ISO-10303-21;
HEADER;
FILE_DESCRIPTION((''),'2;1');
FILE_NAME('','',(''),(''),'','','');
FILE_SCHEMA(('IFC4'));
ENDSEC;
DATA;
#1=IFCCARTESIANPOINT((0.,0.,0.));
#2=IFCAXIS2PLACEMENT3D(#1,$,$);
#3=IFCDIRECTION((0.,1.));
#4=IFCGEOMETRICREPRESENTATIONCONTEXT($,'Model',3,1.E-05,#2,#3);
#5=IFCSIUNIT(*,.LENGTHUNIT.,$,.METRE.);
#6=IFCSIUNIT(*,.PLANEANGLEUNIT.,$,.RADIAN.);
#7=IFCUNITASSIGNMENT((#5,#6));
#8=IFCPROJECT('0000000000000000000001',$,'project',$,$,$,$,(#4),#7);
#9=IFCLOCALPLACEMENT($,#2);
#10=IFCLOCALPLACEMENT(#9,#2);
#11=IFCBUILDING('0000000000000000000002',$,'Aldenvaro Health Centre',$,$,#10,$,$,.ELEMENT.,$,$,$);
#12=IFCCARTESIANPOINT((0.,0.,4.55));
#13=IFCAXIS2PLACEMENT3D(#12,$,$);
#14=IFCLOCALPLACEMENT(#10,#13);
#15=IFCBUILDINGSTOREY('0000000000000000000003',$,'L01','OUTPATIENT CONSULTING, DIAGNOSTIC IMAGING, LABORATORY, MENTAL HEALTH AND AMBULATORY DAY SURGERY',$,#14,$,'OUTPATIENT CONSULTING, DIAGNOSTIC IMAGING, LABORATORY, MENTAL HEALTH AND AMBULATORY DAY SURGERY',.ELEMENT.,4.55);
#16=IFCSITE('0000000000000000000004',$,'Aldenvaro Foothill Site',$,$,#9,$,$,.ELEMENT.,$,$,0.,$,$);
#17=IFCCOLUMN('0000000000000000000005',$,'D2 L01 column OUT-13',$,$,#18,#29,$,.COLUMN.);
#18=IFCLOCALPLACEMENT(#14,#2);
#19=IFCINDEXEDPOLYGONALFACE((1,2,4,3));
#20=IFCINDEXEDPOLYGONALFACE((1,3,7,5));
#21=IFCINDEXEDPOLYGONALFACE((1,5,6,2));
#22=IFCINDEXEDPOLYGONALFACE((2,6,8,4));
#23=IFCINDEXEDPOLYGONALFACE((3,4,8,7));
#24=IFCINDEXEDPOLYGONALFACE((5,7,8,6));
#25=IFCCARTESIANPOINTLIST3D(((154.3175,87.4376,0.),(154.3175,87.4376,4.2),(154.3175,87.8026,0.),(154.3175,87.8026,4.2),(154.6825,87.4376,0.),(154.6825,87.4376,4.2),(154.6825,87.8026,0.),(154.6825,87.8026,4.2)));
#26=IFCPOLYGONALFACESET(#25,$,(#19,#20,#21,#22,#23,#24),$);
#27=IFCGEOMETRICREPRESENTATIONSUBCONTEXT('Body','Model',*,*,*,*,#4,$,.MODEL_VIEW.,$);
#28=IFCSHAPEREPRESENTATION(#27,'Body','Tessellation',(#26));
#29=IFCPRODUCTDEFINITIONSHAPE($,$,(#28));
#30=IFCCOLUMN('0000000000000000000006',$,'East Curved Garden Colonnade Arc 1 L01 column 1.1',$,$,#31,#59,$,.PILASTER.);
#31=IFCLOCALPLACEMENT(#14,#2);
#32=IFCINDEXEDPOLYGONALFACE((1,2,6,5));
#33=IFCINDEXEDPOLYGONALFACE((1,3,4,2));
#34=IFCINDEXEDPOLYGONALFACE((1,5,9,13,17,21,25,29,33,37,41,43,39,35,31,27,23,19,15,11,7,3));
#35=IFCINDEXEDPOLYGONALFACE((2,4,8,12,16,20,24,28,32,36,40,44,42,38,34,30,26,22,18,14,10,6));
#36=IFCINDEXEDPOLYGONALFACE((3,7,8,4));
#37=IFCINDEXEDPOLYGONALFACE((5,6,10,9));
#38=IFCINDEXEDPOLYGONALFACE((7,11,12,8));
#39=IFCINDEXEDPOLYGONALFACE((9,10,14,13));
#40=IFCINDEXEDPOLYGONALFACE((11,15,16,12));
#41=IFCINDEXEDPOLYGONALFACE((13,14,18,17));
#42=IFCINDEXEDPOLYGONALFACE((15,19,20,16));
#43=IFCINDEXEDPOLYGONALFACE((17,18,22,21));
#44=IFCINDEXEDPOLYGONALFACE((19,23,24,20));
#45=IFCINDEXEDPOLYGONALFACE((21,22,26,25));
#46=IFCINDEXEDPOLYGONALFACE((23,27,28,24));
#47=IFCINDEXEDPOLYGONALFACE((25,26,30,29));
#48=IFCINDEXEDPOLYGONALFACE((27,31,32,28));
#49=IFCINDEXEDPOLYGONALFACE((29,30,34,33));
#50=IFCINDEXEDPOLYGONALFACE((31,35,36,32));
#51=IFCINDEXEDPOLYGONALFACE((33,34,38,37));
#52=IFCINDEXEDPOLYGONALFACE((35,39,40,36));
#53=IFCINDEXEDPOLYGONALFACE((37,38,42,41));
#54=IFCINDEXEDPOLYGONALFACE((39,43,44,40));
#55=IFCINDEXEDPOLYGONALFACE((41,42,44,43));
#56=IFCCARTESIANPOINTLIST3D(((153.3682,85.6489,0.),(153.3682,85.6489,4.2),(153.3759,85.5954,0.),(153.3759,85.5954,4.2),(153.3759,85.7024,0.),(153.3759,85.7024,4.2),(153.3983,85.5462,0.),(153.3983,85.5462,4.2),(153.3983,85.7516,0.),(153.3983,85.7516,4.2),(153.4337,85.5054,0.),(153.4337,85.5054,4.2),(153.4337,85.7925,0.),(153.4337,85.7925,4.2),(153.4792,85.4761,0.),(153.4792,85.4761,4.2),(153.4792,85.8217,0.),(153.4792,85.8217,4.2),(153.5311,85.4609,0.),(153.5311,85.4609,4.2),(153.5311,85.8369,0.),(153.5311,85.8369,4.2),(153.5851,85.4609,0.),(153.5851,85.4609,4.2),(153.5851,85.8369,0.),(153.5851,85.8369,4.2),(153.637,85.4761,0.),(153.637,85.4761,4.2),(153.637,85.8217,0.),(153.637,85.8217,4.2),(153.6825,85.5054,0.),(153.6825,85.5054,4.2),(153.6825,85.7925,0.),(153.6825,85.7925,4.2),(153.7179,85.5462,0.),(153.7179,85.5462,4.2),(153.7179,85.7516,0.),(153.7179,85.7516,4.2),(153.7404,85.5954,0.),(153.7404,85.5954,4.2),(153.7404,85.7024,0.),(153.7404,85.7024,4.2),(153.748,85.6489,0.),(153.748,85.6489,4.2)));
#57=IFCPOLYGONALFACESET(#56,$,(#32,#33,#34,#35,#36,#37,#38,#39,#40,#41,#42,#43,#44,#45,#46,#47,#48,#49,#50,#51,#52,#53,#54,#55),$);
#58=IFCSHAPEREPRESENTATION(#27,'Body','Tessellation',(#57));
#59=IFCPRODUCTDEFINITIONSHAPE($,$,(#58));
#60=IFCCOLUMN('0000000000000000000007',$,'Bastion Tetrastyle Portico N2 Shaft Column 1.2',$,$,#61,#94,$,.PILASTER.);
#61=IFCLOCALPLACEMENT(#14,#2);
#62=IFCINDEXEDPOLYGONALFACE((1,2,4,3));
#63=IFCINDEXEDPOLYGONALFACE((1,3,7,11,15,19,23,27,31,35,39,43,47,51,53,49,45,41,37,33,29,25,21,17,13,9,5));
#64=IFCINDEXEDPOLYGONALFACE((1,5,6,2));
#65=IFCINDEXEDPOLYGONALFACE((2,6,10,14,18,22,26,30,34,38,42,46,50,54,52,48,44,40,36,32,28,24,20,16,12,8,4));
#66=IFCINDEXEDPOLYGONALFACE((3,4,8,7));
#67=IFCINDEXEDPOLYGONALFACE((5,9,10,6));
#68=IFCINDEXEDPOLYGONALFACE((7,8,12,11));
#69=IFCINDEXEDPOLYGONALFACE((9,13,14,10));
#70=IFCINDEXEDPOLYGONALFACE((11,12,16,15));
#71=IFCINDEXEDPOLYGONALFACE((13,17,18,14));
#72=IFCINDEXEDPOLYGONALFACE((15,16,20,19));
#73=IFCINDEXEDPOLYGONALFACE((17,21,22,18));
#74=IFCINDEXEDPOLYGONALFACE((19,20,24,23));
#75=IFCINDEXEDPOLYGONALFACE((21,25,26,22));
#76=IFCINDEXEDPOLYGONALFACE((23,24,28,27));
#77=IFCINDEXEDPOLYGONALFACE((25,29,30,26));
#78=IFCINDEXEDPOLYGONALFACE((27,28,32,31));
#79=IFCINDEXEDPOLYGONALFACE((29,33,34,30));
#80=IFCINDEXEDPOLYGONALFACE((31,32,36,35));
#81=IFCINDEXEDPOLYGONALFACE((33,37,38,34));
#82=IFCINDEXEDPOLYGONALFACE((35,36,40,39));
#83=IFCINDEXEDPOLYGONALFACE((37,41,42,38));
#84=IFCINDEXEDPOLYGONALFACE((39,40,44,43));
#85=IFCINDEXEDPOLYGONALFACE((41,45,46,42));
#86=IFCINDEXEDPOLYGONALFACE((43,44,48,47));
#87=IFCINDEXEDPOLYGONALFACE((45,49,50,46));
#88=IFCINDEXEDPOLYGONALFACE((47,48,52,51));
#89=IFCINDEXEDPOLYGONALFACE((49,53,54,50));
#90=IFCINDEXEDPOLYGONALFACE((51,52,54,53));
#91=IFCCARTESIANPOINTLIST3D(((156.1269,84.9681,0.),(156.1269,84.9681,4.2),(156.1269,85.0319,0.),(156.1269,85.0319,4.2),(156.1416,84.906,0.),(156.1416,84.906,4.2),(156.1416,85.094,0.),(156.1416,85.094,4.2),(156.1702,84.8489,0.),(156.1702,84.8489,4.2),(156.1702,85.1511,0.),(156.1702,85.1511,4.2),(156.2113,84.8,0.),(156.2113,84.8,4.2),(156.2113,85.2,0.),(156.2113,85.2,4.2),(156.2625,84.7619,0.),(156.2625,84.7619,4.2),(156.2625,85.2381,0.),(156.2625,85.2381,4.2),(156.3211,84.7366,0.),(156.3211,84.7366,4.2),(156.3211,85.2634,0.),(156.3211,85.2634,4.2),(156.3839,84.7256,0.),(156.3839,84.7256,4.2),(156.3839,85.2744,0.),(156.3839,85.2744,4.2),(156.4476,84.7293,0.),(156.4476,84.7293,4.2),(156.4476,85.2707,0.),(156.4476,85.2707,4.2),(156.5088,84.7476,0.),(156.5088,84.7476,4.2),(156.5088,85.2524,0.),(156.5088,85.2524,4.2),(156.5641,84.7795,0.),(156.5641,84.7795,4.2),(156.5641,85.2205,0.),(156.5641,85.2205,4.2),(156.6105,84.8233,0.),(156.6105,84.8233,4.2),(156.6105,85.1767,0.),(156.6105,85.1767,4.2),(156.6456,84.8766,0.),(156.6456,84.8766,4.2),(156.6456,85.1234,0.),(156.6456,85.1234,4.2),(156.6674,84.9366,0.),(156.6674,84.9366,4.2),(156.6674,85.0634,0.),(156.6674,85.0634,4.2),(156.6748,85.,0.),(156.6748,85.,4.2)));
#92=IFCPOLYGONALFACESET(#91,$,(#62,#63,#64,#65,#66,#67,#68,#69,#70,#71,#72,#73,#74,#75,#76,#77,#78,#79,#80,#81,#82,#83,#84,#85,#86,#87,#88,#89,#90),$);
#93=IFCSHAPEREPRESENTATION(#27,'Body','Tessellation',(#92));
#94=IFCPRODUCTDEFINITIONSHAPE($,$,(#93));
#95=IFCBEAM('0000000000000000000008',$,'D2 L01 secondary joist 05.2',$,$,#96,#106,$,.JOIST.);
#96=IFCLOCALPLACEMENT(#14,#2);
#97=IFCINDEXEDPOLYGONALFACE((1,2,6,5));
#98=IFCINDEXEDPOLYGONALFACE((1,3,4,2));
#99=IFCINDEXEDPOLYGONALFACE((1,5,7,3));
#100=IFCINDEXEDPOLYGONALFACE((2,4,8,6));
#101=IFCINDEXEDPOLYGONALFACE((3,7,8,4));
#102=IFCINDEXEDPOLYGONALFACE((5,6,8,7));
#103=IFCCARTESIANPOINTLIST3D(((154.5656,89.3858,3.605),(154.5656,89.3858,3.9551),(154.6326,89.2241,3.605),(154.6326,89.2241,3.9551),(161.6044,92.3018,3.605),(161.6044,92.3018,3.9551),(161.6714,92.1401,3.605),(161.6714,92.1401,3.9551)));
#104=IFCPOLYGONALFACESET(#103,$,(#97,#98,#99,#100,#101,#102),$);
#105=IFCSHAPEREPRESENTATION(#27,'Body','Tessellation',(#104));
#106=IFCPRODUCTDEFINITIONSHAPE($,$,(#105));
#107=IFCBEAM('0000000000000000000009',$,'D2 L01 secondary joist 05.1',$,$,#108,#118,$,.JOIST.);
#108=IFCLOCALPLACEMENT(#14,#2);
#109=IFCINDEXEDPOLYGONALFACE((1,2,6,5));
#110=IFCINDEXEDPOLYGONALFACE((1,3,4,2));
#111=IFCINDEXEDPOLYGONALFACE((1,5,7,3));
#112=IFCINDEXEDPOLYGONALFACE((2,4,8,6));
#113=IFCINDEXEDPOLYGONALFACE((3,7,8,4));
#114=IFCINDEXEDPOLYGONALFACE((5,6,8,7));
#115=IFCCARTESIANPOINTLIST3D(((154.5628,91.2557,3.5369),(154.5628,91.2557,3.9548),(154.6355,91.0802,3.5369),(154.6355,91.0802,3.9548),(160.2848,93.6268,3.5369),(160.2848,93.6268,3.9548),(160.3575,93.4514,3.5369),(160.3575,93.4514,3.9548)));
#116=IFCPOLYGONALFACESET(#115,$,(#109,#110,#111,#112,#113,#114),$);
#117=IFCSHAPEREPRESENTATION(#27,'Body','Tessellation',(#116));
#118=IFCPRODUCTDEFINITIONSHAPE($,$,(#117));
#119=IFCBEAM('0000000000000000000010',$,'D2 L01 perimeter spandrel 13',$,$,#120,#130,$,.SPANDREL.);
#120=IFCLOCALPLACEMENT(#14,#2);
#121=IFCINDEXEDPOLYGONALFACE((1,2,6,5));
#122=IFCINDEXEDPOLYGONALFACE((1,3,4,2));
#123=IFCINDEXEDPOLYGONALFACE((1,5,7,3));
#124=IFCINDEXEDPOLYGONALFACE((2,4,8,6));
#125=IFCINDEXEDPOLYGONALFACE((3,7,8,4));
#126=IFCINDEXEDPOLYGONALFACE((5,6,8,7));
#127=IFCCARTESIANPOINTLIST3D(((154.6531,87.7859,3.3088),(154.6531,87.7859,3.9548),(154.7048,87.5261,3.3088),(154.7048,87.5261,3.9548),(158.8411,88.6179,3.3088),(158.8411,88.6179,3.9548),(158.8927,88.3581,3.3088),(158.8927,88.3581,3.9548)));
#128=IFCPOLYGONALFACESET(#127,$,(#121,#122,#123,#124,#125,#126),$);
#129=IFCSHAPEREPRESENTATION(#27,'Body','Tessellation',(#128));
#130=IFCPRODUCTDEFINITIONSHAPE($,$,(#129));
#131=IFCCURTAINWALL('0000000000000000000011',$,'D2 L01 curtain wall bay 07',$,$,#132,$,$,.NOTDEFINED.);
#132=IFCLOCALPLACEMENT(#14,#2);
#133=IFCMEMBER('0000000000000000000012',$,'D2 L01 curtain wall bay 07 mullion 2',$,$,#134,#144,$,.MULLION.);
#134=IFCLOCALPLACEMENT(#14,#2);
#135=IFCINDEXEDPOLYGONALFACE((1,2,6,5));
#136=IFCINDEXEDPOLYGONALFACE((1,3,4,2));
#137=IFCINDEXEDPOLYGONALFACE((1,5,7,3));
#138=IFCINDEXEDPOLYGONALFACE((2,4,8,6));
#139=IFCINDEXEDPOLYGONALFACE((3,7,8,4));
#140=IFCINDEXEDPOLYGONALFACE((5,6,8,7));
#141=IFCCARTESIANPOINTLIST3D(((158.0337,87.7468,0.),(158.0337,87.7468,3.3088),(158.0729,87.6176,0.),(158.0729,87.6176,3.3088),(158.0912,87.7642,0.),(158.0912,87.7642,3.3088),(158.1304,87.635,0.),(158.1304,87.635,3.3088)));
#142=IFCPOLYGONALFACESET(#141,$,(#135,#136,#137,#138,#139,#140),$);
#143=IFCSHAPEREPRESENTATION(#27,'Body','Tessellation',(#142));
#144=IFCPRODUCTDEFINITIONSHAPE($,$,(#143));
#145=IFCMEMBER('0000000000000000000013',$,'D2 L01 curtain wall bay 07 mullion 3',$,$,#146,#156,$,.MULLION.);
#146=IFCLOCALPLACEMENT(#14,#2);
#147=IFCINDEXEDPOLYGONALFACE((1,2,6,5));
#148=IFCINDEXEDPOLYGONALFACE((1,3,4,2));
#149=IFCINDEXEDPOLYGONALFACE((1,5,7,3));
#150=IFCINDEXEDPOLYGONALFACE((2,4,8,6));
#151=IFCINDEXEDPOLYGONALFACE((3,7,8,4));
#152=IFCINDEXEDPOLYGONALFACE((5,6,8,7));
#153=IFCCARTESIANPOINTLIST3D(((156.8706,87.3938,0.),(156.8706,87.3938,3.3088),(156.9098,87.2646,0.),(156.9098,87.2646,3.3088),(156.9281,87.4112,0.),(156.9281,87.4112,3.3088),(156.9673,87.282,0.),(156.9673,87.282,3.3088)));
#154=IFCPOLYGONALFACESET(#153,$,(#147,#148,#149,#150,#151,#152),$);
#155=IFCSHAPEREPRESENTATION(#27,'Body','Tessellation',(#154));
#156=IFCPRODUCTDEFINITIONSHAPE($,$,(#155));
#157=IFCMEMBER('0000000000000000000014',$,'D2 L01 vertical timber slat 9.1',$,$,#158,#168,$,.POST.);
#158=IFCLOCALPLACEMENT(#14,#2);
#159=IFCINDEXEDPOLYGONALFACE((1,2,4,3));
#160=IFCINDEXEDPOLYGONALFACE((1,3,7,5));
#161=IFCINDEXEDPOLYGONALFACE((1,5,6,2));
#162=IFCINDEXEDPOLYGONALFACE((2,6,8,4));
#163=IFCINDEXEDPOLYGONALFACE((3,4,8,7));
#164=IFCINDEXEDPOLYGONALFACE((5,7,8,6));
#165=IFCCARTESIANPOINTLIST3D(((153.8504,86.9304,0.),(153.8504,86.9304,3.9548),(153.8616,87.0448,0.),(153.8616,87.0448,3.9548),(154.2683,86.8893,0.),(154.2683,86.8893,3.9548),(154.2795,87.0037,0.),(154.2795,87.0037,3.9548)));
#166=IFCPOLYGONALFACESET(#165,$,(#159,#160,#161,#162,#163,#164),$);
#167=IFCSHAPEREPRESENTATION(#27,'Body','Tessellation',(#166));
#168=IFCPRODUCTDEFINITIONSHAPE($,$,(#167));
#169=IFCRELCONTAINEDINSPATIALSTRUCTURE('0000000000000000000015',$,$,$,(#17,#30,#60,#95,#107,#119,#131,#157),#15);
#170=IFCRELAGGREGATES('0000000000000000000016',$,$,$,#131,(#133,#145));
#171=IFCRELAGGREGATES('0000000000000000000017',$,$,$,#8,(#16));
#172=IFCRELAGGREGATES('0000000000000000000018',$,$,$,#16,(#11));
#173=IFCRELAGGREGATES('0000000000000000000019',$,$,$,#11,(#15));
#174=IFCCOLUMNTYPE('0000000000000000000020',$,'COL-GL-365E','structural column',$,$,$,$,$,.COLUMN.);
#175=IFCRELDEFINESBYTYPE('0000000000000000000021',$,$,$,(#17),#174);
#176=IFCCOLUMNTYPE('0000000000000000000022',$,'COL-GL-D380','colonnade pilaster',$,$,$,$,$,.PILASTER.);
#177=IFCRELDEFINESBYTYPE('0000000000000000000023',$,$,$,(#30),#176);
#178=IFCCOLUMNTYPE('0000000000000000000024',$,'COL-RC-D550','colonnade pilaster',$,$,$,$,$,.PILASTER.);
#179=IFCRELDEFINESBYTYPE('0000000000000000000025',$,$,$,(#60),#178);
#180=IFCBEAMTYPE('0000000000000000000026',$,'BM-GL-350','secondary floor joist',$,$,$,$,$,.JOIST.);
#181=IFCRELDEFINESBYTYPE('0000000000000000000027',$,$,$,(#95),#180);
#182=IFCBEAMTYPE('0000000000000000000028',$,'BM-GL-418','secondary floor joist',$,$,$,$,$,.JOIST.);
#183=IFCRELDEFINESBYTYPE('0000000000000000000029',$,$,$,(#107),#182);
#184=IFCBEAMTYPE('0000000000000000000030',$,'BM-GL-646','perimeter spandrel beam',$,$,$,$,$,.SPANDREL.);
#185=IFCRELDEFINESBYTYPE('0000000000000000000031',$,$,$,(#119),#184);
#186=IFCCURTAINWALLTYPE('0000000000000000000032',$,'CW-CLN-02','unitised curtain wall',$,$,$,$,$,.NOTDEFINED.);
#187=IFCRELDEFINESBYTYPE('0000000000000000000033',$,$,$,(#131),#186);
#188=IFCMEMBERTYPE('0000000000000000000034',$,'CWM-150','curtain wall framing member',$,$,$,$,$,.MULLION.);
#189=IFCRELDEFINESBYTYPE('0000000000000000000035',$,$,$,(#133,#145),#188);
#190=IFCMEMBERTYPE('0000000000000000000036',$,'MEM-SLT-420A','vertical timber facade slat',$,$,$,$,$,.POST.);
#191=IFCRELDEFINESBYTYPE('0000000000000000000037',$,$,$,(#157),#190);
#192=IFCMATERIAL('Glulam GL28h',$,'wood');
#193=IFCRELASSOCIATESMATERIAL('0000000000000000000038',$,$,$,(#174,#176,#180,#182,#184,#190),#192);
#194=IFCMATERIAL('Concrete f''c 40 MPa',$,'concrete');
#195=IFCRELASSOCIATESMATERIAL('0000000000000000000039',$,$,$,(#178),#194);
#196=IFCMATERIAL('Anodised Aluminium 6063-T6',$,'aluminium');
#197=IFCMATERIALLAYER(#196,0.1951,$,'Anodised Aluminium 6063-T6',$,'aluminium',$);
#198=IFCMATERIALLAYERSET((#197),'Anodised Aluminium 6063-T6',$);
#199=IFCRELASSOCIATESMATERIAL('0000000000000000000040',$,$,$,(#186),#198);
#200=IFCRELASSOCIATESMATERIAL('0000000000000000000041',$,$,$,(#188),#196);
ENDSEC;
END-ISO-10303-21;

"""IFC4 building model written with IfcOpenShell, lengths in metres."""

from ifc_helpers import new_model, si_unit, direction, frame, origin, origin_2d, place, context, subcontext, project, spatial, rectangle, circle, extrude, material, layer, layer_set, material_profile, profile_set, type_object, element, aggregate, save


model = new_model("IFC4")

# Units and contexts
model_context = context("Model", 3, precision=1e-05, world=origin(), true_north=direction((0.0, 1.0)))
body_context = subcontext(model_context, "Body", "Model", "MODEL_VIEW")
ifc_project = project(units=[si_unit("LENGTHUNIT", "METRE"), si_unit("PLANEANGLEUNIT", "RADIAN")], contexts=[model_context])

# Site, building, storey
site_placement = place(None, origin())
site = spatial("IfcSite", under=ifc_project, at=site_placement, Name="Aldenvaro Foothill Site", CompositionType="ELEMENT", RefElevation=0.0)
building_placement = place(site_placement, origin())
building = spatial("IfcBuilding", under=site, at=building_placement, Name="Aldenvaro Health Centre", CompositionType="ELEMENT")
storey_placement = place(building_placement, frame((0.0, 0.0, 4.55)))
storey = spatial("IfcBuildingStorey", under=building, at=storey_placement, Name="L01", Description="OUTPATIENT CONSULTING, DIAGNOSTIC IMAGING, LABORATORY, MENTAL HEALTH AND AMBULATORY DAY SURGERY", LongName="OUTPATIENT CONSULTING, DIAGNOSTIC IMAGING, LABORATORY, MENTAL HEALTH AND AMBULATORY DAY SURGERY", CompositionType="ELEMENT", Elevation=4.55)

# Columns
ifc_material_1 = material(Name="Glulam GL28h", Category="wood")
ifc_material_profile_1 = material_profile(ifc_material_1, rectangle(XDim=0.365, YDim=0.365, at=origin_2d()), Name="GL 365x365", Category="wood")
ifc_profile_set_1 = profile_set([ifc_material_profile_1], Name="Glulam GL28h")
column_type_1 = type_object("IfcColumnType", Name="COL-GL-365E", Description="structural column", PredefinedType="COLUMN", material=ifc_profile_set_1)
column_1_placement = place(storey_placement, frame((154.5, 87.6201, 0.0), z_axis=(0.0, 0.0, 1.0), x_axis=(1.0, 0.0, 0.0)))
element("IfcColumn", 1, at=column_1_placement, inside=storey, type_object=column_type_1, Name="D2 L01 column OUT-13", PredefinedType="COLUMN", context=body_context, shape_type="SweptSolid", body=[
    extrude(rectangle(XDim=0.365, YDim=0.365, at=origin_2d()), origin(), (0.0, 0.0, 1.0), 4.2),
])
ifc_material_profile_2 = material_profile(ifc_material_1, circle(Radius=0.1899, at=origin_2d()), Name="GL D380", Category="wood")
ifc_profile_set_2 = profile_set([ifc_material_profile_2], Name="Glulam GL28h")
column_type_2 = type_object("IfcColumnType", Name="COL-GL-D380", Description="colonnade pilaster", PredefinedType="PILASTER", material=ifc_profile_set_2)
column_2_placement = place(storey_placement, frame((153.5581, 85.6489, 0.0), z_axis=(0.0, 0.0, 1.0), x_axis=(1.0, 0.0, 0.0)))
element("IfcColumn", 2, at=column_2_placement, inside=storey, type_object=column_type_2, Name="East Curved Garden Colonnade Arc 1 L01 column 1.1", PredefinedType="PILASTER", context=body_context, shape_type="SweptSolid", body=[
    extrude(circle(Radius=0.1899, at=origin_2d()), origin(), (0.0, 0.0, 1.0), 4.2),
])
ifc_material_2 = material(Name="Concrete f'c 40 MPa", Category="concrete")
ifc_material_profile_3 = material_profile(ifc_material_2, circle(Radius=0.2749, at=origin_2d()), Name="RC D550", Category="concrete")
ifc_profile_set_3 = profile_set([ifc_material_profile_3], Name="Concrete f'c 40 MPa")
column_type_3 = type_object("IfcColumnType", Name="COL-RC-D550", Description="colonnade pilaster", PredefinedType="PILASTER", material=ifc_profile_set_3)
column_3_placement = place(storey_placement, frame((156.3999, 85.0, 0.0), z_axis=(0.0, 0.0, 1.0), x_axis=(1.0, 0.0, 0.0)))
element("IfcColumn", 3, at=column_3_placement, inside=storey, type_object=column_type_3, Name="Bastion Tetrastyle Portico N2 Shaft Column 1.2", PredefinedType="PILASTER", context=body_context, shape_type="SweptSolid", body=[
    extrude(circle(Radius=0.2749, at=origin_2d()), origin(), (0.0, 0.0, 1.0), 4.2),
])

# Beams
ifc_material_profile_4 = material_profile(ifc_material_1, rectangle(XDim=0.175, YDim=0.3501, at=origin_2d()), Name="GL 175x350", Category="wood")
ifc_profile_set_4 = profile_set([ifc_material_profile_4], Name="Glulam GL28h")
beam_type_1 = type_object("IfcBeamType", Name="BM-GL-350", Description="secondary floor joist", PredefinedType="JOIST", material=ifc_profile_set_4)
beam_1_placement = place(storey_placement, frame((154.5991, 89.3049, 3.78), z_axis=(0.923859, 0.382733, 0.0), x_axis=(-0.382733, 0.923859, 0.0)))
element("IfcBeam", 4, at=beam_1_placement, inside=storey, type_object=beam_type_1, Name="D2 L01 secondary joist 05.2", PredefinedType="JOIST", context=body_context, shape_type="SweptSolid", body=[
    extrude(rectangle(XDim=0.175, YDim=0.3501, at=origin_2d()), origin(), (0.0, 0.0, 1.0), 7.6189),
])
ifc_material_profile_5 = material_profile(ifc_material_1, rectangle(XDim=0.1899, YDim=0.418, at=origin_2d()), Name="GL 190x418", Category="wood")
ifc_profile_set_5 = profile_set([ifc_material_profile_5], Name="Glulam GL28h")
beam_type_2 = type_object("IfcBeamType", Name="BM-GL-418", Description="secondary floor joist", PredefinedType="JOIST", material=ifc_profile_set_5)
beam_2_placement = place(storey_placement, frame((154.5991, 91.168, 3.7458), z_axis=(0.923823, 0.382821, 0.0), x_axis=(-0.382821, 0.923823, 0.0)))
element("IfcBeam", 5, at=beam_2_placement, inside=storey, type_object=beam_type_2, Name="D2 L01 secondary joist 05.1", PredefinedType="JOIST", context=body_context, shape_type="SweptSolid", body=[
    extrude(rectangle(XDim=0.1899, YDim=0.418, at=origin_2d()), origin(), (0.0, 0.0, 1.0), 6.1938),
])
ifc_material_profile_6 = material_profile(ifc_material_1, rectangle(XDim=0.2649, YDim=0.646, at=origin_2d()), Name="GL 265x646", Category="wood")
ifc_profile_set_6 = profile_set([ifc_material_profile_6], Name="Glulam GL28h")
beam_type_3 = type_object("IfcBeamType", Name="BM-GL-646", Description="perimeter spandrel beam", PredefinedType="SPANDREL", material=ifc_profile_set_6)
beam_3_placement = place(storey_placement, frame((154.679, 87.656, 3.6318), z_axis=(0.980831, 0.194862, 0.0), x_axis=(-0.194862, 0.980831, 0.0)))
element("IfcBeam", 6, at=beam_3_placement, inside=storey, type_object=beam_type_3, Name="D2 L01 perimeter spandrel 13", PredefinedType="SPANDREL", context=body_context, shape_type="SweptSolid", body=[
    extrude(rectangle(XDim=0.2649, YDim=0.646, at=origin_2d()), origin(), (0.0, 0.0, 1.0), 4.2698),
])

# Curtain wall, members
ifc_material_3 = material(Name="Anodised Aluminium 6063-T6", Category="aluminium")
ifc_layer_1 = layer(ifc_material_3, 0.1951, Name="Anodised Aluminium 6063-T6", Category="aluminium")
ifc_layer_set_1 = layer_set([ifc_layer_1], Name="Anodised Aluminium 6063-T6")
curtain_wall_type = type_object("IfcCurtainWallType", Name="CW-CLN-02", Description="unitised curtain wall", PredefinedType="NOTDEFINED", material=ifc_layer_set_1)
curtain_wall_placement = place(storey_placement, origin())
curtain_wall = element("IfcCurtainWall", 7, at=curtain_wall_placement, inside=storey, type_object=curtain_wall_type, Name="D2 L01 curtain wall bay 07", PredefinedType="NOTDEFINED")
ifc_material_profile_7 = material_profile(ifc_material_3, rectangle(XDim=0.0601, YDim=0.135, at=origin_2d()), Name="ALU 60x135", Category="aluminium")
ifc_profile_set_7 = profile_set([ifc_material_profile_7], Name="Anodised Aluminium 6063-T6")
member_type_1 = type_object("IfcMemberType", Name="CWM-150", Description="curtain wall framing member", PredefinedType="MULLION", material=ifc_profile_set_7)
member_1_placement = place(storey_placement, frame((158.082, 87.6909, 0.0), z_axis=(0.0, 0.0, 1.0), x_axis=(-0.956893, -0.290441, 0.0)))
member_1 = element("IfcMember", 8, at=member_1_placement, type_object=member_type_1, Name="D2 L01 curtain wall bay 07 mullion 2", PredefinedType="MULLION", context=body_context, shape_type="SweptSolid", body=[
    extrude(rectangle(XDim=0.0601, YDim=0.135, at=origin_2d()), origin(), (0.0, 0.0, 1.0), 3.3088),
])
member_2_placement = place(storey_placement, frame((156.9189, 87.3379, 0.0), z_axis=(0.0, 0.0, 1.0), x_axis=(-0.956893, -0.290441, 0.0)))
member_2 = element("IfcMember", 9, at=member_2_placement, type_object=member_type_1, Name="D2 L01 curtain wall bay 07 mullion 3", PredefinedType="MULLION", context=body_context, shape_type="SweptSolid", body=[
    extrude(rectangle(XDim=0.0601, YDim=0.135, at=origin_2d()), origin(), (0.0, 0.0, 1.0), 3.3088),
])

# Member
ifc_material_profile_8 = material_profile(ifc_material_1, rectangle(XDim=0.115, YDim=0.4199, at=origin_2d()), Name="GL 115x420", Category="wood")
ifc_profile_set_8 = profile_set([ifc_material_profile_8], Name="Glulam GL28h")
member_type_2 = type_object("IfcMemberType", Name="MEM-SLT-420A", Description="vertical timber facade slat", PredefinedType="POST", material=ifc_profile_set_8)
member_3_placement = place(storey_placement, frame((154.0649, 86.967, 0.0), z_axis=(0.0, 0.0, 1.0), x_axis=(-0.097915, -0.995195, 0.0)))
element("IfcMember", 10, at=member_3_placement, inside=storey, type_object=member_type_2, Name="D2 L01 vertical timber slat 9.1", PredefinedType="POST", context=body_context, shape_type="SweptSolid", body=[
    extrude(rectangle(XDim=0.115, YDim=0.4199, at=origin_2d()), origin(), (0.0, 0.0, 1.0), 3.9548),
])

aggregate(curtain_wall, [member_1, member_2])

save(model, "model.ifc")
